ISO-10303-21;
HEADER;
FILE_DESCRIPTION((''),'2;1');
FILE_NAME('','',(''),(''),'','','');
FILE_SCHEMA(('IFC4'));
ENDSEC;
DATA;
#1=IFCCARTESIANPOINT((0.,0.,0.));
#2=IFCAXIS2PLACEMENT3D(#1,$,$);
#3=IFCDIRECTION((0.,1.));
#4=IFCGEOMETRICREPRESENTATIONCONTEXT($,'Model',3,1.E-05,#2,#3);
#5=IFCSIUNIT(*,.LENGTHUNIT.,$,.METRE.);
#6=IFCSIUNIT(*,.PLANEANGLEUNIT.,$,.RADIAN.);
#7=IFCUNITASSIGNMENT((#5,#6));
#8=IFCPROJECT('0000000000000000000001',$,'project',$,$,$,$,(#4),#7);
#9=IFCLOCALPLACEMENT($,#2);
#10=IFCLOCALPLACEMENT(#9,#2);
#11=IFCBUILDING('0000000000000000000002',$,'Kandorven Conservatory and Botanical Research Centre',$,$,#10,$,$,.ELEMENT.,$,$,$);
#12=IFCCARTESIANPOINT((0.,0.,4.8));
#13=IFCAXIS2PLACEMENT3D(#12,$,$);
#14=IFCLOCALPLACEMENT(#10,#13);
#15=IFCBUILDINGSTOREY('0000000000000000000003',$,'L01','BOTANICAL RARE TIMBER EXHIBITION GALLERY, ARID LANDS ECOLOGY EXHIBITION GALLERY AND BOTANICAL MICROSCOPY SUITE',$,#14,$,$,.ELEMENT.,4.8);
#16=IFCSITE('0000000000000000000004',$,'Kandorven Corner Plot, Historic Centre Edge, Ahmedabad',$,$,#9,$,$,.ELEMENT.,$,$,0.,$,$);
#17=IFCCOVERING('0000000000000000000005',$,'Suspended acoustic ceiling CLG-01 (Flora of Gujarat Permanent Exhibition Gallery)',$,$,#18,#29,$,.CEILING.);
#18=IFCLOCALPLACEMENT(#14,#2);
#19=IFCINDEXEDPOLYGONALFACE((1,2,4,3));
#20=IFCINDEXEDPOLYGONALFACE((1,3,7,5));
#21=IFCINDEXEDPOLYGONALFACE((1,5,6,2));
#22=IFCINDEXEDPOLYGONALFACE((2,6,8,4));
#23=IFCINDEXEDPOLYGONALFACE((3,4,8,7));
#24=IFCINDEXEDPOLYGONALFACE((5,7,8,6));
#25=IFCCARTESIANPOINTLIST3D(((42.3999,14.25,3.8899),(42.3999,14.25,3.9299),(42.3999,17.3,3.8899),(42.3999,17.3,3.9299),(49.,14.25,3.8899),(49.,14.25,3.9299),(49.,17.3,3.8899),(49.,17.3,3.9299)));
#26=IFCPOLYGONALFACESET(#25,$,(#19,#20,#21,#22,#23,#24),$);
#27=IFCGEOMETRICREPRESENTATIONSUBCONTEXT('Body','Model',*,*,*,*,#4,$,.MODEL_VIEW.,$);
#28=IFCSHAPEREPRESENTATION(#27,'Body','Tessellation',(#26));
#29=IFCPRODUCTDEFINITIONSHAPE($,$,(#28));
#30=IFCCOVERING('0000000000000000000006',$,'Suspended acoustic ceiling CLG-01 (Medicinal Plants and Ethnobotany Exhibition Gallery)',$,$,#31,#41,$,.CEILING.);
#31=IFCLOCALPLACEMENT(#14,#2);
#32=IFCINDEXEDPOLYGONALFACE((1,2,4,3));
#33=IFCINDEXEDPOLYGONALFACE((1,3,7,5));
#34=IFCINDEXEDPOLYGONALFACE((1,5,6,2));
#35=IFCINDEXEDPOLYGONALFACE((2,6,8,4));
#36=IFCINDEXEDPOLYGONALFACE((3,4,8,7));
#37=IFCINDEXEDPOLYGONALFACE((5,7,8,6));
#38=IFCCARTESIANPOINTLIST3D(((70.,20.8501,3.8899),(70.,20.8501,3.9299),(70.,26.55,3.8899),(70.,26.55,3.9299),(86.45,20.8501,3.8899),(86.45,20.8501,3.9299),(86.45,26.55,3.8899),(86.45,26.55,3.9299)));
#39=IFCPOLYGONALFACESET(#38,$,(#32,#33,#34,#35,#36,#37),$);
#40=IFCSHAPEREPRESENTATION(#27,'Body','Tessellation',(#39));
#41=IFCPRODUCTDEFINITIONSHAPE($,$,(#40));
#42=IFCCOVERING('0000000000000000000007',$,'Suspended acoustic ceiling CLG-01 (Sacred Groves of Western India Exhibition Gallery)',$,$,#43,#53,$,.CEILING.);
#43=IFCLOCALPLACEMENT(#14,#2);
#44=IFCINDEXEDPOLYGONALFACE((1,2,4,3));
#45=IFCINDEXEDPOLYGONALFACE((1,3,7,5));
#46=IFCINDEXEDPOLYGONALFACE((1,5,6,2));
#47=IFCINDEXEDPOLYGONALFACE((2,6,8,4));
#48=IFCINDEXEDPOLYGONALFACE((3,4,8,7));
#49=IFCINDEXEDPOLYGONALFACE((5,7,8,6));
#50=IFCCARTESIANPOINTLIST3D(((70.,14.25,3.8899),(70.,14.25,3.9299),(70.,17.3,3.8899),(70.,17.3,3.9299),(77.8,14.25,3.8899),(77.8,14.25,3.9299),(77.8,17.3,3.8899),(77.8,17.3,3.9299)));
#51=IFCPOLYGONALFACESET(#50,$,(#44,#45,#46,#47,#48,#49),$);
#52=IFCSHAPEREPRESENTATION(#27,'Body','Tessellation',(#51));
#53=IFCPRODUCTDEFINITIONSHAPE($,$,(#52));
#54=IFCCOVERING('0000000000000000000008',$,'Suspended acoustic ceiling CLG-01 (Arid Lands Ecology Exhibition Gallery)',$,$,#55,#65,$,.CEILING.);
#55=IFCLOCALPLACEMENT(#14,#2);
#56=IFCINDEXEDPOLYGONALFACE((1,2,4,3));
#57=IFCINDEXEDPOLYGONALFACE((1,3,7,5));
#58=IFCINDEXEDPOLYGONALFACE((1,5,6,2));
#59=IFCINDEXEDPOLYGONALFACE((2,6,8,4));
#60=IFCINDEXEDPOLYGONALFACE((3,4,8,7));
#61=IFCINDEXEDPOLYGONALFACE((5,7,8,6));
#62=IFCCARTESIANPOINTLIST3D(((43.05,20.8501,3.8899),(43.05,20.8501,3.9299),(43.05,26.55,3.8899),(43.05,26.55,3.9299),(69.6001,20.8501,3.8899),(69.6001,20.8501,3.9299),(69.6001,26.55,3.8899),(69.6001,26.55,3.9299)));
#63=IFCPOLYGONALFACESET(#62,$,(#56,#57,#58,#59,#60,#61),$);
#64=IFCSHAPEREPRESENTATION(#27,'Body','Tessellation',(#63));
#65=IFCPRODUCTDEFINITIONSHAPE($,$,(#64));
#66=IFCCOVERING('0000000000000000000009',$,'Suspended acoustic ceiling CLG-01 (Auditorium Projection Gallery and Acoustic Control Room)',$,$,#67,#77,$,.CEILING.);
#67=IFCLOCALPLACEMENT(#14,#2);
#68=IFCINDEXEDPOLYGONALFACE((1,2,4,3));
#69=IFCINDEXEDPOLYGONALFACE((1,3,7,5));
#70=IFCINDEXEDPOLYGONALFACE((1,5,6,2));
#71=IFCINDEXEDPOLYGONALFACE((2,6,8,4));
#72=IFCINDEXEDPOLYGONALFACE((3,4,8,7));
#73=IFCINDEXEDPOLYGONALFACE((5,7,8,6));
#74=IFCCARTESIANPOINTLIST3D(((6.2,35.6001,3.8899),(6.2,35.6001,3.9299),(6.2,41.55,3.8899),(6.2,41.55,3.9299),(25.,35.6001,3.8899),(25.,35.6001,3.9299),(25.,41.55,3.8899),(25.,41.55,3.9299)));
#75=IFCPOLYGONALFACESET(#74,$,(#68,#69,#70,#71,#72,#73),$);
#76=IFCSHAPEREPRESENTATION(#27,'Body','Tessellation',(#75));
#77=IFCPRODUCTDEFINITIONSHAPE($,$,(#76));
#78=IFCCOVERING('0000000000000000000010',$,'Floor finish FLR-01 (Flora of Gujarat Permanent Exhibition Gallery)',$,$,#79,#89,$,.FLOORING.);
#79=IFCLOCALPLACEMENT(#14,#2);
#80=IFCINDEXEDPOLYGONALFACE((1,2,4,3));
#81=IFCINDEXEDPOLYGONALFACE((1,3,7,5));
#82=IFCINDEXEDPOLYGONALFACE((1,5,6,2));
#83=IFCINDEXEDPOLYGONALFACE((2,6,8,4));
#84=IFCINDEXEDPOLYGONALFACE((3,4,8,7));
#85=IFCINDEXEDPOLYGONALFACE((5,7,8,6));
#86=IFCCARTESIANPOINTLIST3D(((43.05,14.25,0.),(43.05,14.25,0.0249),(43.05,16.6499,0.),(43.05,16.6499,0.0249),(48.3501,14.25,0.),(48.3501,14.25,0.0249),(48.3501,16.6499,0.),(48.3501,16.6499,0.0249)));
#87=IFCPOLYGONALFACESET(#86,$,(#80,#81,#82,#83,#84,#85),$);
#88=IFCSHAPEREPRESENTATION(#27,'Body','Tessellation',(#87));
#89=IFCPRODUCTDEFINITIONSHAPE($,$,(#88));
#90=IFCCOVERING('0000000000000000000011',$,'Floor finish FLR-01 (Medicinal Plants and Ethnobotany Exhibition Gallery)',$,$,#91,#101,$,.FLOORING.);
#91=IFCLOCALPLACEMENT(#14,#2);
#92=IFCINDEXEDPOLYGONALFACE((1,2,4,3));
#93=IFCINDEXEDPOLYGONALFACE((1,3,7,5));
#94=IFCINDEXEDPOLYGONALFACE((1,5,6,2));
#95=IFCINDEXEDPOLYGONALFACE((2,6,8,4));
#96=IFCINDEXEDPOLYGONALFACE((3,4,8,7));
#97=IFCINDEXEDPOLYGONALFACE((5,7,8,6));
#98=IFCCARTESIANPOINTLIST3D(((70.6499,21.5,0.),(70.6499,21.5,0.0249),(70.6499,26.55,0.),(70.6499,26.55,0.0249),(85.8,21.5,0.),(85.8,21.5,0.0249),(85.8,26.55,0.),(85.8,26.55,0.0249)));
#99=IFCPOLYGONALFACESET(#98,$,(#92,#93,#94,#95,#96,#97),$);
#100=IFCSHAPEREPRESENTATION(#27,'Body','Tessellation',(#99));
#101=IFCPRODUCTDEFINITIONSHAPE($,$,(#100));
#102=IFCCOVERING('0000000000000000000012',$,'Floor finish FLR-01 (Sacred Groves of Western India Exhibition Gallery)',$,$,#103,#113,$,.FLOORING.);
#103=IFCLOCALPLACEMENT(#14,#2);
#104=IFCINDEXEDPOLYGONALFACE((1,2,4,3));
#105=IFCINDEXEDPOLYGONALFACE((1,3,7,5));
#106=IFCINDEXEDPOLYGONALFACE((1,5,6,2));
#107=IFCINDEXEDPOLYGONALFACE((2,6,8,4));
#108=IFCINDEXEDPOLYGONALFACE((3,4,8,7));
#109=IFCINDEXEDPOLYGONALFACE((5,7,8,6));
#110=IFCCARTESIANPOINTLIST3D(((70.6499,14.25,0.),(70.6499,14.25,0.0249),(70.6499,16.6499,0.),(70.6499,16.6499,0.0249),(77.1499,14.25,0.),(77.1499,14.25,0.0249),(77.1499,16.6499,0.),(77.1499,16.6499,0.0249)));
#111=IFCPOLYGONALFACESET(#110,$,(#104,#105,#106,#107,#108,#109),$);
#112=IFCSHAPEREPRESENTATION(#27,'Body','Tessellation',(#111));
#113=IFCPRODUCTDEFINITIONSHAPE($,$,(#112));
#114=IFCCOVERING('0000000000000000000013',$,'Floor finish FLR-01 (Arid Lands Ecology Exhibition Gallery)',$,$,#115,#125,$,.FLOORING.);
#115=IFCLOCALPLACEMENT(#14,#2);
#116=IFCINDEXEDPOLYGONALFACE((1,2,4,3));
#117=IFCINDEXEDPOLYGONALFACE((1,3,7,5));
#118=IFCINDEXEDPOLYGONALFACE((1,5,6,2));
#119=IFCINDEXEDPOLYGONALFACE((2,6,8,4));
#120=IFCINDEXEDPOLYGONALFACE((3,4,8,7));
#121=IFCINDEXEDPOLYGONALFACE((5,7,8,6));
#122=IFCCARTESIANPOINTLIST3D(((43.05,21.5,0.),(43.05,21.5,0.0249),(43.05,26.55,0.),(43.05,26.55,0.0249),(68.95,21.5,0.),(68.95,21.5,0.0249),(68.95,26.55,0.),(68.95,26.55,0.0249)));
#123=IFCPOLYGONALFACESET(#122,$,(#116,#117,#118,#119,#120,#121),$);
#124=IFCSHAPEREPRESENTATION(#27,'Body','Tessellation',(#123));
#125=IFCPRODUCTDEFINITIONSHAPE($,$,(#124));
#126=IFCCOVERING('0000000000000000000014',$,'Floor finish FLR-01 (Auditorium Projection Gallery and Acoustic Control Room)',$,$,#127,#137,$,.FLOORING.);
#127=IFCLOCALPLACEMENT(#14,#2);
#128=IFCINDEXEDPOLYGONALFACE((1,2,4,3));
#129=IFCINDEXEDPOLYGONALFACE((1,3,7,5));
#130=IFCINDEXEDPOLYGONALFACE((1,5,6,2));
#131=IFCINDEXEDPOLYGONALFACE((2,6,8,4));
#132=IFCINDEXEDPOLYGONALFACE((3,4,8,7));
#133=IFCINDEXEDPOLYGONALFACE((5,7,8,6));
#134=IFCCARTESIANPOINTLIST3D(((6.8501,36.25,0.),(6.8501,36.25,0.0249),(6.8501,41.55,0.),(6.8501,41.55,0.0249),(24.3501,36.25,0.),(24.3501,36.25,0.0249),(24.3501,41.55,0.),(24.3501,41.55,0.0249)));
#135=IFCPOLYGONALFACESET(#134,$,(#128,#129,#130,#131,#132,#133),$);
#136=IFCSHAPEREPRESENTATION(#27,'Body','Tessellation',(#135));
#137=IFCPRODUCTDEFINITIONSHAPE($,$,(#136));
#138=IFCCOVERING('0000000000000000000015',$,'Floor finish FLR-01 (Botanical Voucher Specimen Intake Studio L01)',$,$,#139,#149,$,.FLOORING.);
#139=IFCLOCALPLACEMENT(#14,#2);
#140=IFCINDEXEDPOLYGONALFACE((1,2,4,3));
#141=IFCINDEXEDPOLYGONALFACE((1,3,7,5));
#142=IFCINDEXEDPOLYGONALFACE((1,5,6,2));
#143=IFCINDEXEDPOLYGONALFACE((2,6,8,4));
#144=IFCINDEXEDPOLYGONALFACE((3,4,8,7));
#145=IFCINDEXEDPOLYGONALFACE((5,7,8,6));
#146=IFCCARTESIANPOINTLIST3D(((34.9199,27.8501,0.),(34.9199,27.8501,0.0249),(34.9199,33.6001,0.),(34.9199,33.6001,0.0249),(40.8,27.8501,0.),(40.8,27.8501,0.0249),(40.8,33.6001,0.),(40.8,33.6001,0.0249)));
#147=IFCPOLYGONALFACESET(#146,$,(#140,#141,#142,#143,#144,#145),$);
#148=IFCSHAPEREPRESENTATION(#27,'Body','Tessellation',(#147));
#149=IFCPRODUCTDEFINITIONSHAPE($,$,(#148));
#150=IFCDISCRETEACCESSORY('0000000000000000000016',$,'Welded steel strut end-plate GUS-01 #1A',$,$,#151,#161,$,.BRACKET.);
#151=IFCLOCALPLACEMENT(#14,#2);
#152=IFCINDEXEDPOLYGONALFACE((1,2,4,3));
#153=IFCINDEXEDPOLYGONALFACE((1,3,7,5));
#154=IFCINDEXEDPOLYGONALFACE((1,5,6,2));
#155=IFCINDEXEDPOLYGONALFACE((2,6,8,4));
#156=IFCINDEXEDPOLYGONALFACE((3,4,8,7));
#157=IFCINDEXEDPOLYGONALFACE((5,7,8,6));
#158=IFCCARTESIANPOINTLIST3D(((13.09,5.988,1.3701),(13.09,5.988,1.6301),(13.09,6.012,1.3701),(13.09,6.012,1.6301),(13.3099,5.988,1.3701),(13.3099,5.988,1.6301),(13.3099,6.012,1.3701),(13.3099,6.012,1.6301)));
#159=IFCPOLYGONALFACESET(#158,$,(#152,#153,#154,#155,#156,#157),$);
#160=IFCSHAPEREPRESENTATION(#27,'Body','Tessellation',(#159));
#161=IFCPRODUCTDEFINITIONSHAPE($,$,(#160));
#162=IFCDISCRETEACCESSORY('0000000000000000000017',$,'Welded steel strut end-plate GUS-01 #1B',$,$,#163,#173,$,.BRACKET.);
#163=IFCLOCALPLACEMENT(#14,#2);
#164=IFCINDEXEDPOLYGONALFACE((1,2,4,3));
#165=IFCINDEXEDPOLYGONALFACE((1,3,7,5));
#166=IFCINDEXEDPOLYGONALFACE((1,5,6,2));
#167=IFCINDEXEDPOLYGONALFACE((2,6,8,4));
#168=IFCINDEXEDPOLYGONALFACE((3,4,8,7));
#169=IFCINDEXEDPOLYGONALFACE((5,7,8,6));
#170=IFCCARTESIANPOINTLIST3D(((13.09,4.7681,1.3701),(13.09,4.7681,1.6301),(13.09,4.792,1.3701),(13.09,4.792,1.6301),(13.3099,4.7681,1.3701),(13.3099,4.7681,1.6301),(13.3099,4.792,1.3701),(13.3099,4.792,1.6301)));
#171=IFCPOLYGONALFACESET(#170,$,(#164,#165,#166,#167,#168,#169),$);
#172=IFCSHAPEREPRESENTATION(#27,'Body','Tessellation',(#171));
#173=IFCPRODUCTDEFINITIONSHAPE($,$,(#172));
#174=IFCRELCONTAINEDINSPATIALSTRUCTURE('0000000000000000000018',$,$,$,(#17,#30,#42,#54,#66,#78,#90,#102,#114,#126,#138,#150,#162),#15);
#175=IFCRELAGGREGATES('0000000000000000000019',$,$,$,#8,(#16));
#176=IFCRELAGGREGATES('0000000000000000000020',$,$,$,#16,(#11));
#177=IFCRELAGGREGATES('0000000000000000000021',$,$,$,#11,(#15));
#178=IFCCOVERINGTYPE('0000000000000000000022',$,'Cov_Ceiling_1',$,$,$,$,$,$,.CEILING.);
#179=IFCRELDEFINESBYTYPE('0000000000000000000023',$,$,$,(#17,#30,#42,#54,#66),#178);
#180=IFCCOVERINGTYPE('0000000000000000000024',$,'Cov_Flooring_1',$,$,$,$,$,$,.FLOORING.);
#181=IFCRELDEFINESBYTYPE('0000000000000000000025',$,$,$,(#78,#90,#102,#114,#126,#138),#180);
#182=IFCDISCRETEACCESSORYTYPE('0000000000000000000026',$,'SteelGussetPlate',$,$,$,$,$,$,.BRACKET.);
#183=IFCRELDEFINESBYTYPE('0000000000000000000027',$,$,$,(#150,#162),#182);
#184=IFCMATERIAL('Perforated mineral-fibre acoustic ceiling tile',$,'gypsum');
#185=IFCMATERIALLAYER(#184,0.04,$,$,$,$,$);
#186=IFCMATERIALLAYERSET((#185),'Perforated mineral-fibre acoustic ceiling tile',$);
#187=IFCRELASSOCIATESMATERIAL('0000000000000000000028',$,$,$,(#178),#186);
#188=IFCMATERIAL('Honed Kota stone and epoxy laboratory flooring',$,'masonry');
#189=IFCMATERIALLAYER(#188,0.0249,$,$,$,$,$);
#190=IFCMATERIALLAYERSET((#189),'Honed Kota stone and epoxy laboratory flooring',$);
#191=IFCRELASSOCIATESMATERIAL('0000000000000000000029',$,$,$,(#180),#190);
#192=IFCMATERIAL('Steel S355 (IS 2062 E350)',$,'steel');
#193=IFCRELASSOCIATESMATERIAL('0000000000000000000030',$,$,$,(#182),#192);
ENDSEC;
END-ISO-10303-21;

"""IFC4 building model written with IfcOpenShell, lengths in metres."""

from ifc_helpers import new_model, si_unit, direction, frame, origin, origin_2d, place, context, subcontext, project, spatial, polyline, rectangle, outline, extrude, material, layer, layer_set, type_object, element, save


model = new_model("IFC4")

# Units and contexts
model_context = context("Model", 3, precision=1e-05, world=origin(), true_north=direction((0.0, 1.0)))
body_context = subcontext(model_context, "Body", "Model", "MODEL_VIEW")
ifc_project = project(units=[si_unit("LENGTHUNIT", "METRE"), si_unit("PLANEANGLEUNIT", "RADIAN")], contexts=[model_context])

# Site, building, storey
site_placement = place(None, origin())
site = spatial("IfcSite", under=ifc_project, at=site_placement, Name="Kandorven Corner Plot, Historic Centre Edge, Ahmedabad", CompositionType="ELEMENT", RefElevation=0.0)
building_placement = place(site_placement, origin())
building = spatial("IfcBuilding", under=site, at=building_placement, Name="Kandorven Conservatory and Botanical Research Centre", CompositionType="ELEMENT")
storey_placement = place(building_placement, frame((0.0, 0.0, 4.8)))
storey = spatial("IfcBuildingStorey", under=building, at=storey_placement, Name="L01", Description="BOTANICAL RARE TIMBER EXHIBITION GALLERY, ARID LANDS ECOLOGY EXHIBITION GALLERY AND BOTANICAL MICROSCOPY SUITE", CompositionType="ELEMENT", Elevation=4.8)

# Coverings
ifc_material_1 = material(Name="Perforated mineral-fibre acoustic ceiling tile", Category="gypsum")
ifc_layer_1 = layer(ifc_material_1, 0.04)
ifc_layer_set_1 = layer_set([ifc_layer_1], Name="Perforated mineral-fibre acoustic ceiling tile")
covering_type_1 = type_object("IfcCoveringType", Name="Cov_Ceiling_1", PredefinedType="CEILING", material=ifc_layer_set_1)
covering_1_placement = place(storey_placement, frame((0.0, 0.0, 3.8899)))
element("IfcCovering", 1, at=covering_1_placement, inside=storey, type_object=covering_type_1, Name="Suspended acoustic ceiling CLG-01 (Flora of Gujarat Permanent Exhibition Gallery)", PredefinedType="CEILING", context=body_context, shape_type="SweptSolid", body=[
    extrude(outline(polyline([(42.3999, 14.25), (49.0, 14.25), (49.0, 17.3), (42.3999, 17.3), (42.3999, 14.25)])), origin(), (0.0, 0.0, 1.0), 0.04),
])
covering_2_placement = place(storey_placement, frame((0.0, 0.0, 3.8899)))
element("IfcCovering", 2, at=covering_2_placement, inside=storey, type_object=covering_type_1, Name="Suspended acoustic ceiling CLG-01 (Medicinal Plants and Ethnobotany Exhibition Gallery)", PredefinedType="CEILING", context=body_context, shape_type="SweptSolid", body=[
    extrude(outline(polyline([(70.0, 20.8501), (86.45, 20.8501), (86.45, 26.55), (70.0, 26.55), (70.0, 20.8501)])), origin(), (0.0, 0.0, 1.0), 0.04),
])
covering_3_placement = place(storey_placement, frame((0.0, 0.0, 3.8899)))
element("IfcCovering", 3, at=covering_3_placement, inside=storey, type_object=covering_type_1, Name="Suspended acoustic ceiling CLG-01 (Sacred Groves of Western India Exhibition Gallery)", PredefinedType="CEILING", context=body_context, shape_type="SweptSolid", body=[
    extrude(outline(polyline([(70.0, 14.25), (77.8, 14.25), (77.8, 17.3), (70.0, 17.3), (70.0, 14.25)])), origin(), (0.0, 0.0, 1.0), 0.04),
])
covering_4_placement = place(storey_placement, frame((0.0, 0.0, 3.8899)))
element("IfcCovering", 4, at=covering_4_placement, inside=storey, type_object=covering_type_1, Name="Suspended acoustic ceiling CLG-01 (Arid Lands Ecology Exhibition Gallery)", PredefinedType="CEILING", context=body_context, shape_type="SweptSolid", body=[
    extrude(outline(polyline([(43.05, 20.8501), (69.6001, 20.8501), (69.6001, 26.55), (43.05, 26.55), (43.05, 20.8501)])), origin(), (0.0, 0.0, 1.0), 0.04),
])
covering_5_placement = place(storey_placement, frame((0.0, 0.0, 3.8899)))
element("IfcCovering", 5, at=covering_5_placement, inside=storey, type_object=covering_type_1, Name="Suspended acoustic ceiling CLG-01 (Auditorium Projection Gallery and Acoustic Control Room)", PredefinedType="CEILING", context=body_context, shape_type="SweptSolid", body=[
    extrude(outline(polyline([(6.2, 35.6001), (25.0, 35.6001), (25.0, 41.55), (6.2, 41.55), (6.2, 35.6001)])), origin(), (0.0, 0.0, 1.0), 0.04),
])
ifc_material_2 = material(Name="Honed Kota stone and epoxy laboratory flooring", Category="masonry")
ifc_layer_2 = layer(ifc_material_2, 0.0249)
ifc_layer_set_2 = layer_set([ifc_layer_2], Name="Honed Kota stone and epoxy laboratory flooring")
covering_type_2 = type_object("IfcCoveringType", Name="Cov_Flooring_1", PredefinedType="FLOORING", material=ifc_layer_set_2)
covering_6_placement = place(storey_placement, origin())
element("IfcCovering", 6, at=covering_6_placement, inside=storey, type_object=covering_type_2, Name="Floor finish FLR-01 (Flora of Gujarat Permanent Exhibition Gallery)", PredefinedType="FLOORING", context=body_context, shape_type="SweptSolid", body=[
    extrude(outline(polyline([(43.05, 14.25), (48.3501, 14.25), (48.3501, 16.6499), (43.05, 16.6499), (43.05, 14.25)])), origin(), (0.0, 0.0, 1.0), 0.0249),
])
covering_7_placement = place(storey_placement, origin())
element("IfcCovering", 7, at=covering_7_placement, inside=storey, type_object=covering_type_2, Name="Floor finish FLR-01 (Medicinal Plants and Ethnobotany Exhibition Gallery)", PredefinedType="FLOORING", context=body_context, shape_type="SweptSolid", body=[
    extrude(outline(polyline([(70.6499, 21.5), (85.8, 21.5), (85.8, 26.55), (70.6499, 26.55), (70.6499, 21.5)])), origin(), (0.0, 0.0, 1.0), 0.0249),
])
covering_8_placement = place(storey_placement, origin())
element("IfcCovering", 8, at=covering_8_placement, inside=storey, type_object=covering_type_2, Name="Floor finish FLR-01 (Sacred Groves of Western India Exhibition Gallery)", PredefinedType="FLOORING", context=body_context, shape_type="SweptSolid", body=[
    extrude(outline(polyline([(70.6499, 14.25), (77.1499, 14.25), (77.1499, 16.6499), (70.6499, 16.6499), (70.6499, 14.25)])), origin(), (0.0, 0.0, 1.0), 0.0249),
])
covering_9_placement = place(storey_placement, origin())
element("IfcCovering", 9, at=covering_9_placement, inside=storey, type_object=covering_type_2, Name="Floor finish FLR-01 (Arid Lands Ecology Exhibition Gallery)", PredefinedType="FLOORING", context=body_context, shape_type="SweptSolid", body=[
    extrude(outline(polyline([(43.05, 21.5), (68.95, 21.5), (68.95, 26.55), (43.05, 26.55), (43.05, 21.5)])), origin(), (0.0, 0.0, 1.0), 0.0249),
])
covering_10_placement = place(storey_placement, origin())
element("IfcCovering", 10, at=covering_10_placement, inside=storey, type_object=covering_type_2, Name="Floor finish FLR-01 (Auditorium Projection Gallery and Acoustic Control Room)", PredefinedType="FLOORING", context=body_context, shape_type="SweptSolid", body=[
    extrude(outline(polyline([(6.8501, 36.25), (24.3501, 36.25), (24.3501, 41.55), (6.8501, 41.55), (6.8501, 36.25)])), origin(), (0.0, 0.0, 1.0), 0.0249),
])
covering_11_placement = place(storey_placement, origin())
element("IfcCovering", 11, at=covering_11_placement, inside=storey, type_object=covering_type_2, Name="Floor finish FLR-01 (Botanical Voucher Specimen Intake Studio L01)", PredefinedType="FLOORING", context=body_context, shape_type="SweptSolid", body=[
    extrude(outline(polyline([(34.9199, 27.8501), (40.8, 27.8501), (40.8, 33.6001), (34.9199, 33.6001), (34.9199, 27.8501)])), origin(), (0.0, 0.0, 1.0), 0.0249),
])

# Discrete accessories
ifc_material_3 = material(Name="Steel S355 (IS 2062 E350)", Category="steel")
discrete_accessory_type = type_object("IfcDiscreteAccessoryType", Name="SteelGussetPlate", PredefinedType="BRACKET", material=ifc_material_3)
for number, where, z_axis, x_axis, name in (
    (12, (13.2, 6.0, 1.3701), (0.0, 0.0, 1.0), (1.0, 0.0, 0.0), "Welded steel strut end-plate GUS-01 #1A"),
    (13, (13.2, 4.78, 1.3701), (0.0, 0.0, 1.0), (1.0, 0.0, 0.0), "Welded steel strut end-plate GUS-01 #1B"),
):
    element("IfcDiscreteAccessory", number, at=place(storey_placement, frame(where, z_axis=z_axis, x_axis=x_axis)), inside=storey, type_object=discrete_accessory_type, Name=name, PredefinedType="BRACKET", context=body_context, shape_type="SweptSolid", body=[
        extrude(rectangle(XDim=0.22, YDim=0.0239, at=origin_2d()), origin(), (0.0, 0.0, 1.0), 0.26),
    ])

save(model, "model.ifc")
